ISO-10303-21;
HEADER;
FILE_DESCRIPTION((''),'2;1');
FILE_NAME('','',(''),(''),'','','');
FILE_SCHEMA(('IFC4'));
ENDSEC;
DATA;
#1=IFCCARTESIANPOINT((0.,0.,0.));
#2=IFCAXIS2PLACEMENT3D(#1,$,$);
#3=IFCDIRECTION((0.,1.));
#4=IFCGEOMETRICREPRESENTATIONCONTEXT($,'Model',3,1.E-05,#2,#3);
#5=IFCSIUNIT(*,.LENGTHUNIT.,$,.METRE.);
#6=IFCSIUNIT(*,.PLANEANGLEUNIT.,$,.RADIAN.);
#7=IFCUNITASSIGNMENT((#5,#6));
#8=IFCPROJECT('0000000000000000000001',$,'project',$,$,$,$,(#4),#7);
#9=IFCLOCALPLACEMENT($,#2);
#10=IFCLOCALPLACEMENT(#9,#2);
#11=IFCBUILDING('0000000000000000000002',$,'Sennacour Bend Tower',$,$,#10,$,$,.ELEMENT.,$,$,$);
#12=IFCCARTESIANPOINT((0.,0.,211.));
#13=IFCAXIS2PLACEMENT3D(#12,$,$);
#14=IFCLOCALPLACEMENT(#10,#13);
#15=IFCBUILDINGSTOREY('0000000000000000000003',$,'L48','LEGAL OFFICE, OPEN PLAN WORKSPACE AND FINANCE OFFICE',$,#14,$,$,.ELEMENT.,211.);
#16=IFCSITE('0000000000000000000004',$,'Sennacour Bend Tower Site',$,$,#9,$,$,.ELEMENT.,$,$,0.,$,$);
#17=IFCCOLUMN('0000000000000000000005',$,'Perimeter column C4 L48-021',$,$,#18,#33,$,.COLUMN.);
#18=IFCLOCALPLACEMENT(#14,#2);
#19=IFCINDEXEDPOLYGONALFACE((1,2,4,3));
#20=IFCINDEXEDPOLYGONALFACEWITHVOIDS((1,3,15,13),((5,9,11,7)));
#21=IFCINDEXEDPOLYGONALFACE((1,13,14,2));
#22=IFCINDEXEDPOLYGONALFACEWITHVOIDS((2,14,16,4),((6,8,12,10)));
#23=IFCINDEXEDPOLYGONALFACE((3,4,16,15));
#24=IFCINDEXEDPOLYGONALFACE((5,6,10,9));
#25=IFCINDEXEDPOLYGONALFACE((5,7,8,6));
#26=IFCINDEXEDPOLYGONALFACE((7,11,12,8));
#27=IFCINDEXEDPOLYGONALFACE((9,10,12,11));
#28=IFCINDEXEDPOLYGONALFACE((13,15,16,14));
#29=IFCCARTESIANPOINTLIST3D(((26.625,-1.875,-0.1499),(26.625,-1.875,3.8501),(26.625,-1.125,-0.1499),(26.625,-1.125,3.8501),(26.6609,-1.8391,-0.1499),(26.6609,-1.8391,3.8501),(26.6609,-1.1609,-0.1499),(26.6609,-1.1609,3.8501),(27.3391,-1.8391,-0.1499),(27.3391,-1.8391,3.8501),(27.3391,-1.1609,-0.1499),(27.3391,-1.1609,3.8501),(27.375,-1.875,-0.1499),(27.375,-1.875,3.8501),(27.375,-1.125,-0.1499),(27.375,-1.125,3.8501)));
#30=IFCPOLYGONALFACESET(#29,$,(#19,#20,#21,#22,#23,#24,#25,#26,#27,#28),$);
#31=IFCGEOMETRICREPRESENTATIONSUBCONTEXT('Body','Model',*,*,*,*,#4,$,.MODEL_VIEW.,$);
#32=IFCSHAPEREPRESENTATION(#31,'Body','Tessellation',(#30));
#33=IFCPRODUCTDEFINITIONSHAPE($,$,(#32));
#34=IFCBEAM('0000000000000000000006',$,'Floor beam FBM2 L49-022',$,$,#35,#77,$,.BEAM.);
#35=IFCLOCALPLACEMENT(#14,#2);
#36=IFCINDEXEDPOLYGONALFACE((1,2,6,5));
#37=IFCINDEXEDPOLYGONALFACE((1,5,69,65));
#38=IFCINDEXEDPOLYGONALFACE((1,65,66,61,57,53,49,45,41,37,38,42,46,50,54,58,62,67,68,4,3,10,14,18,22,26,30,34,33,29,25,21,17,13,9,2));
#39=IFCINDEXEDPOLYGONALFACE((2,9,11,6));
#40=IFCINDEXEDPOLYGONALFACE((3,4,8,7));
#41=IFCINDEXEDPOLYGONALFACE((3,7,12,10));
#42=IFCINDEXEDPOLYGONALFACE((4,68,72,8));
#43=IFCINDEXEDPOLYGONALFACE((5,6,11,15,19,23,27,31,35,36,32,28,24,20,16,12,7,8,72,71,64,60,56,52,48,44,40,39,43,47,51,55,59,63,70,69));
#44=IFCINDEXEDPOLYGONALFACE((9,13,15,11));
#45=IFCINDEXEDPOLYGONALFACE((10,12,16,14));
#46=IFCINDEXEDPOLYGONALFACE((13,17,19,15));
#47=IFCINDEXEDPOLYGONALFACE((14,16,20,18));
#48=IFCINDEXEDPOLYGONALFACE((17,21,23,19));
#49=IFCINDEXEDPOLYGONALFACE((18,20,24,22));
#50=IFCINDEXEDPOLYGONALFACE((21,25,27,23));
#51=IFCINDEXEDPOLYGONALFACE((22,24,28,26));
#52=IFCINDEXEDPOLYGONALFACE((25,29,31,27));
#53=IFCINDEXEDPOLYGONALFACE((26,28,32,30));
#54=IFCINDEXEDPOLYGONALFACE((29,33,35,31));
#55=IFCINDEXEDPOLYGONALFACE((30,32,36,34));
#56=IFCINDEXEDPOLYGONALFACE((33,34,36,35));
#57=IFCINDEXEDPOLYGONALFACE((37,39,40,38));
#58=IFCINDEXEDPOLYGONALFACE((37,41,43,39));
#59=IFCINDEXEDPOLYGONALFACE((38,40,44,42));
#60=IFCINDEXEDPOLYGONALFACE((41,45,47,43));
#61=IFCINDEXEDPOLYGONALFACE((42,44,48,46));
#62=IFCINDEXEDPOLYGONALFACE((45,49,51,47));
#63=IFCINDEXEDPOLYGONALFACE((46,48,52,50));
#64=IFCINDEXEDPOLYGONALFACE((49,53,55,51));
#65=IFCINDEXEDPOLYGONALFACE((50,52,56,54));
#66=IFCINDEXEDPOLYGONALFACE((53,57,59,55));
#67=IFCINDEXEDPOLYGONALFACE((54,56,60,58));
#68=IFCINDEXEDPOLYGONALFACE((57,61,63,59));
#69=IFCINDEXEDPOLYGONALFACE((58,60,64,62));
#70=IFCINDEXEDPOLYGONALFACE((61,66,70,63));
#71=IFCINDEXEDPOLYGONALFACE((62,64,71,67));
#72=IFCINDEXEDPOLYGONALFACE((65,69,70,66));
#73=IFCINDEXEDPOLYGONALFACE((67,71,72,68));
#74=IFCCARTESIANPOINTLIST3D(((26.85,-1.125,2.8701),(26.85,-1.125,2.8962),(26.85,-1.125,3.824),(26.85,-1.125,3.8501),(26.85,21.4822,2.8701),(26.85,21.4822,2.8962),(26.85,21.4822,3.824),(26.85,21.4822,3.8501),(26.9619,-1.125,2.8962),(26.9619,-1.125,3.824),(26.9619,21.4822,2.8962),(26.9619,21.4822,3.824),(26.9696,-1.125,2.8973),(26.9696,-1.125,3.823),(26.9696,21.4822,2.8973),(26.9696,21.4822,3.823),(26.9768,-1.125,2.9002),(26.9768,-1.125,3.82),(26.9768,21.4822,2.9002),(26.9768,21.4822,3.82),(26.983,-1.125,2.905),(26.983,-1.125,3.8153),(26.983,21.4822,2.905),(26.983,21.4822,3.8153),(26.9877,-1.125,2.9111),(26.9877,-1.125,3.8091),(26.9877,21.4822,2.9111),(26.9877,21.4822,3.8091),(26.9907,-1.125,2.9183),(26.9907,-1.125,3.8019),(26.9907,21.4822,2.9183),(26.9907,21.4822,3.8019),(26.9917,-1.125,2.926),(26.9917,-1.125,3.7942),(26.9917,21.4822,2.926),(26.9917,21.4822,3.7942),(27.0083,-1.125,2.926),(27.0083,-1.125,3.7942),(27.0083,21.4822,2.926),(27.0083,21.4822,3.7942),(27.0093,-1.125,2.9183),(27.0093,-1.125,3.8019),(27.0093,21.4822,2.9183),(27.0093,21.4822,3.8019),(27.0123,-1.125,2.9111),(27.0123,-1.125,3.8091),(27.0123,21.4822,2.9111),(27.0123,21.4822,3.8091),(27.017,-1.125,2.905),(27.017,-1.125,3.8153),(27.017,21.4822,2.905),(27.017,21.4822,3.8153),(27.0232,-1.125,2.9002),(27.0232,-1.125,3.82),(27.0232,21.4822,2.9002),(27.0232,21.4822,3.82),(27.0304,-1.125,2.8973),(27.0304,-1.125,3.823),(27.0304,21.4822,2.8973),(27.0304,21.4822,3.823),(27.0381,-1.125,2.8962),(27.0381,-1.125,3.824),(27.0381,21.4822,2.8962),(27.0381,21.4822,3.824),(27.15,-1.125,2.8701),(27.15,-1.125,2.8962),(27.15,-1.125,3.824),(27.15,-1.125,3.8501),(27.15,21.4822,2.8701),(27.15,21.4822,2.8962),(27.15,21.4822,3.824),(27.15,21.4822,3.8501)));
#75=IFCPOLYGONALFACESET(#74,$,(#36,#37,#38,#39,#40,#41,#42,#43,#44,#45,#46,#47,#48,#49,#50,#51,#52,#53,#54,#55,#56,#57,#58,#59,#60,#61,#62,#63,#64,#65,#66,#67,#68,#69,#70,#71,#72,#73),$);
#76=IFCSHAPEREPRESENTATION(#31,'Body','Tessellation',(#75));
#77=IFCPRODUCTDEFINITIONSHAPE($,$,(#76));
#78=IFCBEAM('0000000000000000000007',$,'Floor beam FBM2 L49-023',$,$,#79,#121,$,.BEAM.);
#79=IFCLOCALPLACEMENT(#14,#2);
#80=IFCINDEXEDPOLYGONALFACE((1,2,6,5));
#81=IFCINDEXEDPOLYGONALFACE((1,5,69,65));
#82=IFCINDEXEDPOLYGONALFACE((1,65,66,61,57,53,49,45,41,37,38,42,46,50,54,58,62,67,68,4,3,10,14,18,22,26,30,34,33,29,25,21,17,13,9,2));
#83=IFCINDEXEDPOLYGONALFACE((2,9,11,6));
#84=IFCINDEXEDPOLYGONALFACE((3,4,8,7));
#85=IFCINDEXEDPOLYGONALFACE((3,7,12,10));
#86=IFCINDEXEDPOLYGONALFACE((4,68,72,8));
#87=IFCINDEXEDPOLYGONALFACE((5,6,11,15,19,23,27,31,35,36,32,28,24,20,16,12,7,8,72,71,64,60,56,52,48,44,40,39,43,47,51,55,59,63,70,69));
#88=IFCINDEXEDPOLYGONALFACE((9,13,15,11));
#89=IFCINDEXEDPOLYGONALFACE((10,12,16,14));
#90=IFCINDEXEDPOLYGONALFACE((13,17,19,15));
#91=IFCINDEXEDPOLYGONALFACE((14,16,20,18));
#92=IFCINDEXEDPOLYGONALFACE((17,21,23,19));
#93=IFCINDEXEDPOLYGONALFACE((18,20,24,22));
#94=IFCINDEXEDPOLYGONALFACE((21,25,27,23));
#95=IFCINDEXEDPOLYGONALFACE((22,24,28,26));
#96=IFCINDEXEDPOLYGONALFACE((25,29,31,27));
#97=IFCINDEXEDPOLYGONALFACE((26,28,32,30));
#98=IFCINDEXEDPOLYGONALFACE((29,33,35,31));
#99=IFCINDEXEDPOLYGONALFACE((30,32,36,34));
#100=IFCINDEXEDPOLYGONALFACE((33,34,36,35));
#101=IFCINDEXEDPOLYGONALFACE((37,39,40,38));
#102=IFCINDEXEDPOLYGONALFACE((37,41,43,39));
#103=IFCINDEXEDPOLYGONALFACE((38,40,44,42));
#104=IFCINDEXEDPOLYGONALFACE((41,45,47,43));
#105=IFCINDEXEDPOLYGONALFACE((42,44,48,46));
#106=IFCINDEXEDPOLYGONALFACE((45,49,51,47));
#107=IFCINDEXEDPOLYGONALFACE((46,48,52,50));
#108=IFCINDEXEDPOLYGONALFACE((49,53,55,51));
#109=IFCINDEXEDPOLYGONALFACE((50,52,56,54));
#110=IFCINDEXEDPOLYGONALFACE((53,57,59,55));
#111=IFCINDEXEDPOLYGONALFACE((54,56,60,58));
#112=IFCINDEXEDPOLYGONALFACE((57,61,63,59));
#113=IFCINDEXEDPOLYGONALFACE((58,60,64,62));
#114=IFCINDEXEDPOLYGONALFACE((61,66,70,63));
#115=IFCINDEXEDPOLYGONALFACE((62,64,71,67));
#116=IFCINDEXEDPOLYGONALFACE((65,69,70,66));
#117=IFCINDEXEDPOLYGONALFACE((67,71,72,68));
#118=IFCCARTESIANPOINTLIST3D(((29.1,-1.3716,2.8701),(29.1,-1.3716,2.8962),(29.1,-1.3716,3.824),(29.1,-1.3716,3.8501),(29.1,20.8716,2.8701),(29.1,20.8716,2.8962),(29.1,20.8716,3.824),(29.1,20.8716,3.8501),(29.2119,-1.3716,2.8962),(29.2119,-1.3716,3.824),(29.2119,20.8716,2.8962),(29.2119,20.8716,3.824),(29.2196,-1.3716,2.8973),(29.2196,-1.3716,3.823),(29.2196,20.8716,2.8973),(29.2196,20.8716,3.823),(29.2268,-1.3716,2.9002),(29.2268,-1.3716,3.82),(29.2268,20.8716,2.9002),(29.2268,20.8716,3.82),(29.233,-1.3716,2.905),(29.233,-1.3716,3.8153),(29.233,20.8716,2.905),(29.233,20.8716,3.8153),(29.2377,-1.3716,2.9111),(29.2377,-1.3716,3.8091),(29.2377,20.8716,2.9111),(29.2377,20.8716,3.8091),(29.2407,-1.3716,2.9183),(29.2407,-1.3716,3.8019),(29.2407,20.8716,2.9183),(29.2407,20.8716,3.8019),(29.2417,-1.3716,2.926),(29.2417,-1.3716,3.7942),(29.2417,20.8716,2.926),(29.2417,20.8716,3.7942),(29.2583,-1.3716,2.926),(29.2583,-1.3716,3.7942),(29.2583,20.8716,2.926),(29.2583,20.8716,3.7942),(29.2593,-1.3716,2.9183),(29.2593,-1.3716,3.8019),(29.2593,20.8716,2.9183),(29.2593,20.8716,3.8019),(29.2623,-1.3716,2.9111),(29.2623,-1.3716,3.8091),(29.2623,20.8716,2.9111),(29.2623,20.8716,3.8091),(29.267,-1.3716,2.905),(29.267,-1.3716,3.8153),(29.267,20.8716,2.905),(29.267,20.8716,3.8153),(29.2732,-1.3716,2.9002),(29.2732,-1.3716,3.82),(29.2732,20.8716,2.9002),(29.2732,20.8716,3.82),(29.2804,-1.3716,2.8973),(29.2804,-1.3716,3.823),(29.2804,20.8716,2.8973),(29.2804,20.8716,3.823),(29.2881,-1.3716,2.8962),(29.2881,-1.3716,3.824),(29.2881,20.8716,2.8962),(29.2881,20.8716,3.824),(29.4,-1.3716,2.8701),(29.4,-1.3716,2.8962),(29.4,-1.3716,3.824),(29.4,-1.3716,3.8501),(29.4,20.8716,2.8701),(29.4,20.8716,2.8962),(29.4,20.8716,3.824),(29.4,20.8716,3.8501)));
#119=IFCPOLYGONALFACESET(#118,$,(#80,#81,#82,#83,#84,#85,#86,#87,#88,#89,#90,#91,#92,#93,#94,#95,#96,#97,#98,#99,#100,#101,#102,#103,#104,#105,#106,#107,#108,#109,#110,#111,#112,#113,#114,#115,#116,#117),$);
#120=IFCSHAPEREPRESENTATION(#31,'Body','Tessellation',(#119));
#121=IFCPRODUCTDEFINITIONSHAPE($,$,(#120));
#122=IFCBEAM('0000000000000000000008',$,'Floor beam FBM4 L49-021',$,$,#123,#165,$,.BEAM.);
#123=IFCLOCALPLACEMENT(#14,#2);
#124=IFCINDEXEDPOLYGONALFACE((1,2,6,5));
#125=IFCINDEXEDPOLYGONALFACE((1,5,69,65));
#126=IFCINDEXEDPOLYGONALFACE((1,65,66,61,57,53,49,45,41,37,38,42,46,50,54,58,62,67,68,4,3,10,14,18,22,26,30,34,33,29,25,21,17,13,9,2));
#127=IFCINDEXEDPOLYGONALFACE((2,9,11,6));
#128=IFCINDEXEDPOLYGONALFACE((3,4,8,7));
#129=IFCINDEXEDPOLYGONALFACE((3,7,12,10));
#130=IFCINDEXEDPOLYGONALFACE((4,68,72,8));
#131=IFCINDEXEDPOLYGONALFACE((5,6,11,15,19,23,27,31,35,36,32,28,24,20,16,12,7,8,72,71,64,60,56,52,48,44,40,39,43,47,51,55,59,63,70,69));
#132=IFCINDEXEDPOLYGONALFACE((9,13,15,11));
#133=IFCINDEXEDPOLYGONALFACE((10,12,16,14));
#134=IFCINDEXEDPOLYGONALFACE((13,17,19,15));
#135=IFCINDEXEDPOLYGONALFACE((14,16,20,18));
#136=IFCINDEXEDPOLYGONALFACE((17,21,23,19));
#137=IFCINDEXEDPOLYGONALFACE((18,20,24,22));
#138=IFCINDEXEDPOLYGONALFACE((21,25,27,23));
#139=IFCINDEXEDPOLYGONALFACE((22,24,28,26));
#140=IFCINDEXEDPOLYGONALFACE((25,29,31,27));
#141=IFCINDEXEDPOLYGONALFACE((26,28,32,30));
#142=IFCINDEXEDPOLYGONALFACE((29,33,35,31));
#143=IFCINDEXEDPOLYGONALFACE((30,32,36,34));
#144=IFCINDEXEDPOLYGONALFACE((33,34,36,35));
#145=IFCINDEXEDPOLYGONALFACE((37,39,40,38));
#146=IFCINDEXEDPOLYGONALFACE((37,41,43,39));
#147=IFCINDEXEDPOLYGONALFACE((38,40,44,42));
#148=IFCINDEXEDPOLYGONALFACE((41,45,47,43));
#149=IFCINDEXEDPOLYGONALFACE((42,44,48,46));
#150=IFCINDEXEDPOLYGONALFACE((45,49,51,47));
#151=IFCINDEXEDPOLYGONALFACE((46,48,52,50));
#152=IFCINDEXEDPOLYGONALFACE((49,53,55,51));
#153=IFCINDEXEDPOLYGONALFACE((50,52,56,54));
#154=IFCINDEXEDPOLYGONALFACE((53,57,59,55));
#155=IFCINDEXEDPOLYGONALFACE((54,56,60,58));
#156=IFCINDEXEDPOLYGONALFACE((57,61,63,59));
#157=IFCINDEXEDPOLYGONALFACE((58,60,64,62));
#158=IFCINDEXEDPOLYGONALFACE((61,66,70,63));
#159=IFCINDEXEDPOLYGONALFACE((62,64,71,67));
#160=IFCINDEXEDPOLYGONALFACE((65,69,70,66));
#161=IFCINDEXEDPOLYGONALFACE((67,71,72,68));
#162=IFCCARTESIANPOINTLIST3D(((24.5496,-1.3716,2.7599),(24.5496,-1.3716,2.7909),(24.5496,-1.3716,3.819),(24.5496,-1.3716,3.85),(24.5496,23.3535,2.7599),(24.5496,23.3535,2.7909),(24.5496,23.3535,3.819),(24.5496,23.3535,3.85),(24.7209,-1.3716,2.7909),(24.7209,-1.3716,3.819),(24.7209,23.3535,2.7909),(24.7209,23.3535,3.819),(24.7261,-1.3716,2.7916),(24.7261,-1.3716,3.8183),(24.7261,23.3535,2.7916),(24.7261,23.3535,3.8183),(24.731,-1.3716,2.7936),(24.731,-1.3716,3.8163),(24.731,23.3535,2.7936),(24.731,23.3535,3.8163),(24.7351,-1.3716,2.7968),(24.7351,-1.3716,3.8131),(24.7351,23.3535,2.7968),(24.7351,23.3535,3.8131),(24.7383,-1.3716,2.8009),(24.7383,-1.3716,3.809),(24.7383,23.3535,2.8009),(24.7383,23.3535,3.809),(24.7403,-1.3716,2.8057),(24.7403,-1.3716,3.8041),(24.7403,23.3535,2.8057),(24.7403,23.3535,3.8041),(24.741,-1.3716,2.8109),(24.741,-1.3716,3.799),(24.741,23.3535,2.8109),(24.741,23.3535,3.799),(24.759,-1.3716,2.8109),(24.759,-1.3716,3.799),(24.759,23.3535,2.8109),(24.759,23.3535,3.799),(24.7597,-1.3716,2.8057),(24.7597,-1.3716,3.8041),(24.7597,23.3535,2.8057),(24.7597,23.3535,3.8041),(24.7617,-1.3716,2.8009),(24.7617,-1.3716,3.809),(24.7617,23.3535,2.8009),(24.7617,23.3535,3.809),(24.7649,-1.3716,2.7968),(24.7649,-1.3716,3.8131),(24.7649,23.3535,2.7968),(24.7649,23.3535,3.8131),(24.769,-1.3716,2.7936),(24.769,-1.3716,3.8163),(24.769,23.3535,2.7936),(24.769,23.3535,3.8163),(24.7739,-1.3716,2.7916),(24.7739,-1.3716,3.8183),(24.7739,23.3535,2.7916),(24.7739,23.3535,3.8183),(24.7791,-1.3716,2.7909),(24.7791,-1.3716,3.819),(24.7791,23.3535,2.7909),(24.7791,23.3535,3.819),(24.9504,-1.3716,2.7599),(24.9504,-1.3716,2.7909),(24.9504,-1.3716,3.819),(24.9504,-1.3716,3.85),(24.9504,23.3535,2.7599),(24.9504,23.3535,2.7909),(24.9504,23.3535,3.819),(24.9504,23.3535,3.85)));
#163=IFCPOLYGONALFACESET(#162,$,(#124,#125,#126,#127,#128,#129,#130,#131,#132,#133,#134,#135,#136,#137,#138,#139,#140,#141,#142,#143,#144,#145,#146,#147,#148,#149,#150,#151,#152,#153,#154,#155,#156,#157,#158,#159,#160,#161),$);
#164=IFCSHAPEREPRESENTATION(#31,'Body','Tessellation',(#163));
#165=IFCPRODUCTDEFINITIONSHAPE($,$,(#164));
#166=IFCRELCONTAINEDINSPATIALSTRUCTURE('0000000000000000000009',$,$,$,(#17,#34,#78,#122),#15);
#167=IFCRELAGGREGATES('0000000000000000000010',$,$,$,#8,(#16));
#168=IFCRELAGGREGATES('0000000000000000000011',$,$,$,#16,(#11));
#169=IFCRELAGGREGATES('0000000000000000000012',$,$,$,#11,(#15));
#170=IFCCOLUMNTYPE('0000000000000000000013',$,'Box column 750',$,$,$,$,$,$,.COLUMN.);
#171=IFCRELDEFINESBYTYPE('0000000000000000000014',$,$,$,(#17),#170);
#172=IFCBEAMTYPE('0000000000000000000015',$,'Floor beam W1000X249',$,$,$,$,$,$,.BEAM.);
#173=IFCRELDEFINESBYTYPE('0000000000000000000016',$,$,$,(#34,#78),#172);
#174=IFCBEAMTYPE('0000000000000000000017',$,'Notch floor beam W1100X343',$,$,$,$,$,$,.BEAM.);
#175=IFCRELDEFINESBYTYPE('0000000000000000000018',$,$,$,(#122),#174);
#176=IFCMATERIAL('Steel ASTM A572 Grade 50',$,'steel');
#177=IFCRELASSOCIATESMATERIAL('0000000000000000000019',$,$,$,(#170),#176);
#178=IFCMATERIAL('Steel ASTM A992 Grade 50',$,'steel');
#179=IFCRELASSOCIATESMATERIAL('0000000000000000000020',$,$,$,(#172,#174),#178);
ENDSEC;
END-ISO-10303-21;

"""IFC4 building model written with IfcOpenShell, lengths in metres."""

from ifc_helpers import new_model, si_unit, direction, frame, origin, origin_2d, place, context, subcontext, project, spatial, hollow_rectangle, i_section, extrude, material, material_profile, profile_set, type_object, element, save


model = new_model("IFC4")

# Units and contexts
model_context = context("Model", 3, precision=1e-05, world=origin(), true_north=direction((0.0, 1.0)))
body_context = subcontext(model_context, "Body", "Model", "MODEL_VIEW")
ifc_project = project(units=[si_unit("LENGTHUNIT", "METRE"), si_unit("PLANEANGLEUNIT", "RADIAN")], contexts=[model_context])

# Site, building, storey
site_placement = place(None, origin())
site = spatial("IfcSite", under=ifc_project, at=site_placement, Name="Sennacour Bend Tower Site", CompositionType="ELEMENT", RefElevation=0.0)
building_placement = place(site_placement, origin())
building = spatial("IfcBuilding", under=site, at=building_placement, Name="Sennacour Bend Tower", CompositionType="ELEMENT")
storey_placement = place(building_placement, frame((0.0, 0.0, 211.0)))
storey = spatial("IfcBuildingStorey", under=building, at=storey_placement, Name="L48", Description="LEGAL OFFICE, OPEN PLAN WORKSPACE AND FINANCE OFFICE", CompositionType="ELEMENT", Elevation=211.0)

# Column
ifc_material_1 = material(Name="Steel ASTM A572 Grade 50", Category="steel")
ifc_material_profile_1 = material_profile(ifc_material_1, hollow_rectangle(XDim=0.75, YDim=0.75, WallThickness=0.0359, at=origin_2d()), Name="Steel ASTM A572 Grade 50", Category="steel")
ifc_profile_set_1 = profile_set([ifc_material_profile_1], Name="Steel ASTM A572 Grade 50")
column_type = type_object("IfcColumnType", Name="Box column 750", PredefinedType="COLUMN", material=ifc_profile_set_1)
column_placement = place(storey_placement, frame((27.0, -1.5, -0.1499), z_axis=(0.0, 0.0, 1.0), x_axis=(1.0, 0.0, 0.0)))
element("IfcColumn", 1, at=column_placement, inside=storey, type_object=column_type, Name="Perimeter column C4 L48-021", PredefinedType="COLUMN", context=body_context, shape_type="SweptSolid", body=[
    extrude(hollow_rectangle(XDim=0.75, YDim=0.75, WallThickness=0.0359, at=origin_2d()), origin(), (0.0, 0.0, 1.0), 4.0),
])

# Beams
ifc_material_2 = material(Name="Steel ASTM A992 Grade 50", Category="steel")
ifc_material_profile_2 = material_profile(ifc_material_2, i_section(OverallWidth=0.3, OverallDepth=0.98, WebThickness=0.0166, FlangeThickness=0.0261, FilletRadius=0.0298, at=origin_2d()), Name="Steel ASTM A992 Grade 50", Category="steel")
ifc_profile_set_2 = profile_set([ifc_material_profile_2], Name="Steel ASTM A992 Grade 50")
beam_type_1 = type_object("IfcBeamType", Name="Floor beam W1000X249", PredefinedType="BEAM", material=ifc_profile_set_2)
beam_1_placement = place(storey_placement, frame((27.0, -1.125, 3.3601), z_axis=(0.0, 1.0, 0.0), x_axis=(-1.0, 0.0, 0.0)))
element("IfcBeam", 2, at=beam_1_placement, inside=storey, type_object=beam_type_1, Name="Floor beam FBM2 L49-022", PredefinedType="BEAM", context=body_context, shape_type="SweptSolid", body=[
    extrude(i_section(OverallWidth=0.3, OverallDepth=0.98, WebThickness=0.0166, FlangeThickness=0.0261, FilletRadius=0.0298, at=origin_2d()), origin(), (0.0, 0.0, 1.0), 22.6072),
])
beam_2_placement = place(storey_placement, frame((29.25, -1.3716, 3.3601), z_axis=(0.0, 1.0, 0.0), x_axis=(-1.0, 0.0, 0.0)))
element("IfcBeam", 3, at=beam_2_placement, inside=storey, type_object=beam_type_1, Name="Floor beam FBM2 L49-023", PredefinedType="BEAM", context=body_context, shape_type="SweptSolid", body=[
    extrude(i_section(OverallWidth=0.3, OverallDepth=0.98, WebThickness=0.0166, FlangeThickness=0.0261, FilletRadius=0.0298, at=origin_2d()), origin(), (0.0, 0.0, 1.0), 22.2432),
])
ifc_material_profile_3 = material_profile(ifc_material_2, i_section(OverallWidth=0.4009, OverallDepth=1.0901, WebThickness=0.0181, FlangeThickness=0.031, FilletRadius=0.02, at=origin_2d()), Name="Steel ASTM A992 Grade 50", Category="steel")
ifc_profile_set_3 = profile_set([ifc_material_profile_3], Name="Steel ASTM A992 Grade 50")
beam_type_2 = type_object("IfcBeamType", Name="Notch floor beam W1100X343", PredefinedType="BEAM", material=ifc_profile_set_3)
beam_3_placement = place(storey_placement, frame((24.75, -1.3716, 3.3049), z_axis=(0.0, 1.0, 0.0), x_axis=(-1.0, 0.0, 0.0)))
element("IfcBeam", 4, at=beam_3_placement, inside=storey, type_object=beam_type_2, Name="Floor beam FBM4 L49-021", PredefinedType="BEAM", context=body_context, shape_type="SweptSolid", body=[
    extrude(i_section(OverallWidth=0.4009, OverallDepth=1.0901, WebThickness=0.0181, FlangeThickness=0.031, FilletRadius=0.02, at=origin_2d()), origin(), (0.0, 0.0, 1.0), 24.7251),
])

save(model, "model.ifc")
